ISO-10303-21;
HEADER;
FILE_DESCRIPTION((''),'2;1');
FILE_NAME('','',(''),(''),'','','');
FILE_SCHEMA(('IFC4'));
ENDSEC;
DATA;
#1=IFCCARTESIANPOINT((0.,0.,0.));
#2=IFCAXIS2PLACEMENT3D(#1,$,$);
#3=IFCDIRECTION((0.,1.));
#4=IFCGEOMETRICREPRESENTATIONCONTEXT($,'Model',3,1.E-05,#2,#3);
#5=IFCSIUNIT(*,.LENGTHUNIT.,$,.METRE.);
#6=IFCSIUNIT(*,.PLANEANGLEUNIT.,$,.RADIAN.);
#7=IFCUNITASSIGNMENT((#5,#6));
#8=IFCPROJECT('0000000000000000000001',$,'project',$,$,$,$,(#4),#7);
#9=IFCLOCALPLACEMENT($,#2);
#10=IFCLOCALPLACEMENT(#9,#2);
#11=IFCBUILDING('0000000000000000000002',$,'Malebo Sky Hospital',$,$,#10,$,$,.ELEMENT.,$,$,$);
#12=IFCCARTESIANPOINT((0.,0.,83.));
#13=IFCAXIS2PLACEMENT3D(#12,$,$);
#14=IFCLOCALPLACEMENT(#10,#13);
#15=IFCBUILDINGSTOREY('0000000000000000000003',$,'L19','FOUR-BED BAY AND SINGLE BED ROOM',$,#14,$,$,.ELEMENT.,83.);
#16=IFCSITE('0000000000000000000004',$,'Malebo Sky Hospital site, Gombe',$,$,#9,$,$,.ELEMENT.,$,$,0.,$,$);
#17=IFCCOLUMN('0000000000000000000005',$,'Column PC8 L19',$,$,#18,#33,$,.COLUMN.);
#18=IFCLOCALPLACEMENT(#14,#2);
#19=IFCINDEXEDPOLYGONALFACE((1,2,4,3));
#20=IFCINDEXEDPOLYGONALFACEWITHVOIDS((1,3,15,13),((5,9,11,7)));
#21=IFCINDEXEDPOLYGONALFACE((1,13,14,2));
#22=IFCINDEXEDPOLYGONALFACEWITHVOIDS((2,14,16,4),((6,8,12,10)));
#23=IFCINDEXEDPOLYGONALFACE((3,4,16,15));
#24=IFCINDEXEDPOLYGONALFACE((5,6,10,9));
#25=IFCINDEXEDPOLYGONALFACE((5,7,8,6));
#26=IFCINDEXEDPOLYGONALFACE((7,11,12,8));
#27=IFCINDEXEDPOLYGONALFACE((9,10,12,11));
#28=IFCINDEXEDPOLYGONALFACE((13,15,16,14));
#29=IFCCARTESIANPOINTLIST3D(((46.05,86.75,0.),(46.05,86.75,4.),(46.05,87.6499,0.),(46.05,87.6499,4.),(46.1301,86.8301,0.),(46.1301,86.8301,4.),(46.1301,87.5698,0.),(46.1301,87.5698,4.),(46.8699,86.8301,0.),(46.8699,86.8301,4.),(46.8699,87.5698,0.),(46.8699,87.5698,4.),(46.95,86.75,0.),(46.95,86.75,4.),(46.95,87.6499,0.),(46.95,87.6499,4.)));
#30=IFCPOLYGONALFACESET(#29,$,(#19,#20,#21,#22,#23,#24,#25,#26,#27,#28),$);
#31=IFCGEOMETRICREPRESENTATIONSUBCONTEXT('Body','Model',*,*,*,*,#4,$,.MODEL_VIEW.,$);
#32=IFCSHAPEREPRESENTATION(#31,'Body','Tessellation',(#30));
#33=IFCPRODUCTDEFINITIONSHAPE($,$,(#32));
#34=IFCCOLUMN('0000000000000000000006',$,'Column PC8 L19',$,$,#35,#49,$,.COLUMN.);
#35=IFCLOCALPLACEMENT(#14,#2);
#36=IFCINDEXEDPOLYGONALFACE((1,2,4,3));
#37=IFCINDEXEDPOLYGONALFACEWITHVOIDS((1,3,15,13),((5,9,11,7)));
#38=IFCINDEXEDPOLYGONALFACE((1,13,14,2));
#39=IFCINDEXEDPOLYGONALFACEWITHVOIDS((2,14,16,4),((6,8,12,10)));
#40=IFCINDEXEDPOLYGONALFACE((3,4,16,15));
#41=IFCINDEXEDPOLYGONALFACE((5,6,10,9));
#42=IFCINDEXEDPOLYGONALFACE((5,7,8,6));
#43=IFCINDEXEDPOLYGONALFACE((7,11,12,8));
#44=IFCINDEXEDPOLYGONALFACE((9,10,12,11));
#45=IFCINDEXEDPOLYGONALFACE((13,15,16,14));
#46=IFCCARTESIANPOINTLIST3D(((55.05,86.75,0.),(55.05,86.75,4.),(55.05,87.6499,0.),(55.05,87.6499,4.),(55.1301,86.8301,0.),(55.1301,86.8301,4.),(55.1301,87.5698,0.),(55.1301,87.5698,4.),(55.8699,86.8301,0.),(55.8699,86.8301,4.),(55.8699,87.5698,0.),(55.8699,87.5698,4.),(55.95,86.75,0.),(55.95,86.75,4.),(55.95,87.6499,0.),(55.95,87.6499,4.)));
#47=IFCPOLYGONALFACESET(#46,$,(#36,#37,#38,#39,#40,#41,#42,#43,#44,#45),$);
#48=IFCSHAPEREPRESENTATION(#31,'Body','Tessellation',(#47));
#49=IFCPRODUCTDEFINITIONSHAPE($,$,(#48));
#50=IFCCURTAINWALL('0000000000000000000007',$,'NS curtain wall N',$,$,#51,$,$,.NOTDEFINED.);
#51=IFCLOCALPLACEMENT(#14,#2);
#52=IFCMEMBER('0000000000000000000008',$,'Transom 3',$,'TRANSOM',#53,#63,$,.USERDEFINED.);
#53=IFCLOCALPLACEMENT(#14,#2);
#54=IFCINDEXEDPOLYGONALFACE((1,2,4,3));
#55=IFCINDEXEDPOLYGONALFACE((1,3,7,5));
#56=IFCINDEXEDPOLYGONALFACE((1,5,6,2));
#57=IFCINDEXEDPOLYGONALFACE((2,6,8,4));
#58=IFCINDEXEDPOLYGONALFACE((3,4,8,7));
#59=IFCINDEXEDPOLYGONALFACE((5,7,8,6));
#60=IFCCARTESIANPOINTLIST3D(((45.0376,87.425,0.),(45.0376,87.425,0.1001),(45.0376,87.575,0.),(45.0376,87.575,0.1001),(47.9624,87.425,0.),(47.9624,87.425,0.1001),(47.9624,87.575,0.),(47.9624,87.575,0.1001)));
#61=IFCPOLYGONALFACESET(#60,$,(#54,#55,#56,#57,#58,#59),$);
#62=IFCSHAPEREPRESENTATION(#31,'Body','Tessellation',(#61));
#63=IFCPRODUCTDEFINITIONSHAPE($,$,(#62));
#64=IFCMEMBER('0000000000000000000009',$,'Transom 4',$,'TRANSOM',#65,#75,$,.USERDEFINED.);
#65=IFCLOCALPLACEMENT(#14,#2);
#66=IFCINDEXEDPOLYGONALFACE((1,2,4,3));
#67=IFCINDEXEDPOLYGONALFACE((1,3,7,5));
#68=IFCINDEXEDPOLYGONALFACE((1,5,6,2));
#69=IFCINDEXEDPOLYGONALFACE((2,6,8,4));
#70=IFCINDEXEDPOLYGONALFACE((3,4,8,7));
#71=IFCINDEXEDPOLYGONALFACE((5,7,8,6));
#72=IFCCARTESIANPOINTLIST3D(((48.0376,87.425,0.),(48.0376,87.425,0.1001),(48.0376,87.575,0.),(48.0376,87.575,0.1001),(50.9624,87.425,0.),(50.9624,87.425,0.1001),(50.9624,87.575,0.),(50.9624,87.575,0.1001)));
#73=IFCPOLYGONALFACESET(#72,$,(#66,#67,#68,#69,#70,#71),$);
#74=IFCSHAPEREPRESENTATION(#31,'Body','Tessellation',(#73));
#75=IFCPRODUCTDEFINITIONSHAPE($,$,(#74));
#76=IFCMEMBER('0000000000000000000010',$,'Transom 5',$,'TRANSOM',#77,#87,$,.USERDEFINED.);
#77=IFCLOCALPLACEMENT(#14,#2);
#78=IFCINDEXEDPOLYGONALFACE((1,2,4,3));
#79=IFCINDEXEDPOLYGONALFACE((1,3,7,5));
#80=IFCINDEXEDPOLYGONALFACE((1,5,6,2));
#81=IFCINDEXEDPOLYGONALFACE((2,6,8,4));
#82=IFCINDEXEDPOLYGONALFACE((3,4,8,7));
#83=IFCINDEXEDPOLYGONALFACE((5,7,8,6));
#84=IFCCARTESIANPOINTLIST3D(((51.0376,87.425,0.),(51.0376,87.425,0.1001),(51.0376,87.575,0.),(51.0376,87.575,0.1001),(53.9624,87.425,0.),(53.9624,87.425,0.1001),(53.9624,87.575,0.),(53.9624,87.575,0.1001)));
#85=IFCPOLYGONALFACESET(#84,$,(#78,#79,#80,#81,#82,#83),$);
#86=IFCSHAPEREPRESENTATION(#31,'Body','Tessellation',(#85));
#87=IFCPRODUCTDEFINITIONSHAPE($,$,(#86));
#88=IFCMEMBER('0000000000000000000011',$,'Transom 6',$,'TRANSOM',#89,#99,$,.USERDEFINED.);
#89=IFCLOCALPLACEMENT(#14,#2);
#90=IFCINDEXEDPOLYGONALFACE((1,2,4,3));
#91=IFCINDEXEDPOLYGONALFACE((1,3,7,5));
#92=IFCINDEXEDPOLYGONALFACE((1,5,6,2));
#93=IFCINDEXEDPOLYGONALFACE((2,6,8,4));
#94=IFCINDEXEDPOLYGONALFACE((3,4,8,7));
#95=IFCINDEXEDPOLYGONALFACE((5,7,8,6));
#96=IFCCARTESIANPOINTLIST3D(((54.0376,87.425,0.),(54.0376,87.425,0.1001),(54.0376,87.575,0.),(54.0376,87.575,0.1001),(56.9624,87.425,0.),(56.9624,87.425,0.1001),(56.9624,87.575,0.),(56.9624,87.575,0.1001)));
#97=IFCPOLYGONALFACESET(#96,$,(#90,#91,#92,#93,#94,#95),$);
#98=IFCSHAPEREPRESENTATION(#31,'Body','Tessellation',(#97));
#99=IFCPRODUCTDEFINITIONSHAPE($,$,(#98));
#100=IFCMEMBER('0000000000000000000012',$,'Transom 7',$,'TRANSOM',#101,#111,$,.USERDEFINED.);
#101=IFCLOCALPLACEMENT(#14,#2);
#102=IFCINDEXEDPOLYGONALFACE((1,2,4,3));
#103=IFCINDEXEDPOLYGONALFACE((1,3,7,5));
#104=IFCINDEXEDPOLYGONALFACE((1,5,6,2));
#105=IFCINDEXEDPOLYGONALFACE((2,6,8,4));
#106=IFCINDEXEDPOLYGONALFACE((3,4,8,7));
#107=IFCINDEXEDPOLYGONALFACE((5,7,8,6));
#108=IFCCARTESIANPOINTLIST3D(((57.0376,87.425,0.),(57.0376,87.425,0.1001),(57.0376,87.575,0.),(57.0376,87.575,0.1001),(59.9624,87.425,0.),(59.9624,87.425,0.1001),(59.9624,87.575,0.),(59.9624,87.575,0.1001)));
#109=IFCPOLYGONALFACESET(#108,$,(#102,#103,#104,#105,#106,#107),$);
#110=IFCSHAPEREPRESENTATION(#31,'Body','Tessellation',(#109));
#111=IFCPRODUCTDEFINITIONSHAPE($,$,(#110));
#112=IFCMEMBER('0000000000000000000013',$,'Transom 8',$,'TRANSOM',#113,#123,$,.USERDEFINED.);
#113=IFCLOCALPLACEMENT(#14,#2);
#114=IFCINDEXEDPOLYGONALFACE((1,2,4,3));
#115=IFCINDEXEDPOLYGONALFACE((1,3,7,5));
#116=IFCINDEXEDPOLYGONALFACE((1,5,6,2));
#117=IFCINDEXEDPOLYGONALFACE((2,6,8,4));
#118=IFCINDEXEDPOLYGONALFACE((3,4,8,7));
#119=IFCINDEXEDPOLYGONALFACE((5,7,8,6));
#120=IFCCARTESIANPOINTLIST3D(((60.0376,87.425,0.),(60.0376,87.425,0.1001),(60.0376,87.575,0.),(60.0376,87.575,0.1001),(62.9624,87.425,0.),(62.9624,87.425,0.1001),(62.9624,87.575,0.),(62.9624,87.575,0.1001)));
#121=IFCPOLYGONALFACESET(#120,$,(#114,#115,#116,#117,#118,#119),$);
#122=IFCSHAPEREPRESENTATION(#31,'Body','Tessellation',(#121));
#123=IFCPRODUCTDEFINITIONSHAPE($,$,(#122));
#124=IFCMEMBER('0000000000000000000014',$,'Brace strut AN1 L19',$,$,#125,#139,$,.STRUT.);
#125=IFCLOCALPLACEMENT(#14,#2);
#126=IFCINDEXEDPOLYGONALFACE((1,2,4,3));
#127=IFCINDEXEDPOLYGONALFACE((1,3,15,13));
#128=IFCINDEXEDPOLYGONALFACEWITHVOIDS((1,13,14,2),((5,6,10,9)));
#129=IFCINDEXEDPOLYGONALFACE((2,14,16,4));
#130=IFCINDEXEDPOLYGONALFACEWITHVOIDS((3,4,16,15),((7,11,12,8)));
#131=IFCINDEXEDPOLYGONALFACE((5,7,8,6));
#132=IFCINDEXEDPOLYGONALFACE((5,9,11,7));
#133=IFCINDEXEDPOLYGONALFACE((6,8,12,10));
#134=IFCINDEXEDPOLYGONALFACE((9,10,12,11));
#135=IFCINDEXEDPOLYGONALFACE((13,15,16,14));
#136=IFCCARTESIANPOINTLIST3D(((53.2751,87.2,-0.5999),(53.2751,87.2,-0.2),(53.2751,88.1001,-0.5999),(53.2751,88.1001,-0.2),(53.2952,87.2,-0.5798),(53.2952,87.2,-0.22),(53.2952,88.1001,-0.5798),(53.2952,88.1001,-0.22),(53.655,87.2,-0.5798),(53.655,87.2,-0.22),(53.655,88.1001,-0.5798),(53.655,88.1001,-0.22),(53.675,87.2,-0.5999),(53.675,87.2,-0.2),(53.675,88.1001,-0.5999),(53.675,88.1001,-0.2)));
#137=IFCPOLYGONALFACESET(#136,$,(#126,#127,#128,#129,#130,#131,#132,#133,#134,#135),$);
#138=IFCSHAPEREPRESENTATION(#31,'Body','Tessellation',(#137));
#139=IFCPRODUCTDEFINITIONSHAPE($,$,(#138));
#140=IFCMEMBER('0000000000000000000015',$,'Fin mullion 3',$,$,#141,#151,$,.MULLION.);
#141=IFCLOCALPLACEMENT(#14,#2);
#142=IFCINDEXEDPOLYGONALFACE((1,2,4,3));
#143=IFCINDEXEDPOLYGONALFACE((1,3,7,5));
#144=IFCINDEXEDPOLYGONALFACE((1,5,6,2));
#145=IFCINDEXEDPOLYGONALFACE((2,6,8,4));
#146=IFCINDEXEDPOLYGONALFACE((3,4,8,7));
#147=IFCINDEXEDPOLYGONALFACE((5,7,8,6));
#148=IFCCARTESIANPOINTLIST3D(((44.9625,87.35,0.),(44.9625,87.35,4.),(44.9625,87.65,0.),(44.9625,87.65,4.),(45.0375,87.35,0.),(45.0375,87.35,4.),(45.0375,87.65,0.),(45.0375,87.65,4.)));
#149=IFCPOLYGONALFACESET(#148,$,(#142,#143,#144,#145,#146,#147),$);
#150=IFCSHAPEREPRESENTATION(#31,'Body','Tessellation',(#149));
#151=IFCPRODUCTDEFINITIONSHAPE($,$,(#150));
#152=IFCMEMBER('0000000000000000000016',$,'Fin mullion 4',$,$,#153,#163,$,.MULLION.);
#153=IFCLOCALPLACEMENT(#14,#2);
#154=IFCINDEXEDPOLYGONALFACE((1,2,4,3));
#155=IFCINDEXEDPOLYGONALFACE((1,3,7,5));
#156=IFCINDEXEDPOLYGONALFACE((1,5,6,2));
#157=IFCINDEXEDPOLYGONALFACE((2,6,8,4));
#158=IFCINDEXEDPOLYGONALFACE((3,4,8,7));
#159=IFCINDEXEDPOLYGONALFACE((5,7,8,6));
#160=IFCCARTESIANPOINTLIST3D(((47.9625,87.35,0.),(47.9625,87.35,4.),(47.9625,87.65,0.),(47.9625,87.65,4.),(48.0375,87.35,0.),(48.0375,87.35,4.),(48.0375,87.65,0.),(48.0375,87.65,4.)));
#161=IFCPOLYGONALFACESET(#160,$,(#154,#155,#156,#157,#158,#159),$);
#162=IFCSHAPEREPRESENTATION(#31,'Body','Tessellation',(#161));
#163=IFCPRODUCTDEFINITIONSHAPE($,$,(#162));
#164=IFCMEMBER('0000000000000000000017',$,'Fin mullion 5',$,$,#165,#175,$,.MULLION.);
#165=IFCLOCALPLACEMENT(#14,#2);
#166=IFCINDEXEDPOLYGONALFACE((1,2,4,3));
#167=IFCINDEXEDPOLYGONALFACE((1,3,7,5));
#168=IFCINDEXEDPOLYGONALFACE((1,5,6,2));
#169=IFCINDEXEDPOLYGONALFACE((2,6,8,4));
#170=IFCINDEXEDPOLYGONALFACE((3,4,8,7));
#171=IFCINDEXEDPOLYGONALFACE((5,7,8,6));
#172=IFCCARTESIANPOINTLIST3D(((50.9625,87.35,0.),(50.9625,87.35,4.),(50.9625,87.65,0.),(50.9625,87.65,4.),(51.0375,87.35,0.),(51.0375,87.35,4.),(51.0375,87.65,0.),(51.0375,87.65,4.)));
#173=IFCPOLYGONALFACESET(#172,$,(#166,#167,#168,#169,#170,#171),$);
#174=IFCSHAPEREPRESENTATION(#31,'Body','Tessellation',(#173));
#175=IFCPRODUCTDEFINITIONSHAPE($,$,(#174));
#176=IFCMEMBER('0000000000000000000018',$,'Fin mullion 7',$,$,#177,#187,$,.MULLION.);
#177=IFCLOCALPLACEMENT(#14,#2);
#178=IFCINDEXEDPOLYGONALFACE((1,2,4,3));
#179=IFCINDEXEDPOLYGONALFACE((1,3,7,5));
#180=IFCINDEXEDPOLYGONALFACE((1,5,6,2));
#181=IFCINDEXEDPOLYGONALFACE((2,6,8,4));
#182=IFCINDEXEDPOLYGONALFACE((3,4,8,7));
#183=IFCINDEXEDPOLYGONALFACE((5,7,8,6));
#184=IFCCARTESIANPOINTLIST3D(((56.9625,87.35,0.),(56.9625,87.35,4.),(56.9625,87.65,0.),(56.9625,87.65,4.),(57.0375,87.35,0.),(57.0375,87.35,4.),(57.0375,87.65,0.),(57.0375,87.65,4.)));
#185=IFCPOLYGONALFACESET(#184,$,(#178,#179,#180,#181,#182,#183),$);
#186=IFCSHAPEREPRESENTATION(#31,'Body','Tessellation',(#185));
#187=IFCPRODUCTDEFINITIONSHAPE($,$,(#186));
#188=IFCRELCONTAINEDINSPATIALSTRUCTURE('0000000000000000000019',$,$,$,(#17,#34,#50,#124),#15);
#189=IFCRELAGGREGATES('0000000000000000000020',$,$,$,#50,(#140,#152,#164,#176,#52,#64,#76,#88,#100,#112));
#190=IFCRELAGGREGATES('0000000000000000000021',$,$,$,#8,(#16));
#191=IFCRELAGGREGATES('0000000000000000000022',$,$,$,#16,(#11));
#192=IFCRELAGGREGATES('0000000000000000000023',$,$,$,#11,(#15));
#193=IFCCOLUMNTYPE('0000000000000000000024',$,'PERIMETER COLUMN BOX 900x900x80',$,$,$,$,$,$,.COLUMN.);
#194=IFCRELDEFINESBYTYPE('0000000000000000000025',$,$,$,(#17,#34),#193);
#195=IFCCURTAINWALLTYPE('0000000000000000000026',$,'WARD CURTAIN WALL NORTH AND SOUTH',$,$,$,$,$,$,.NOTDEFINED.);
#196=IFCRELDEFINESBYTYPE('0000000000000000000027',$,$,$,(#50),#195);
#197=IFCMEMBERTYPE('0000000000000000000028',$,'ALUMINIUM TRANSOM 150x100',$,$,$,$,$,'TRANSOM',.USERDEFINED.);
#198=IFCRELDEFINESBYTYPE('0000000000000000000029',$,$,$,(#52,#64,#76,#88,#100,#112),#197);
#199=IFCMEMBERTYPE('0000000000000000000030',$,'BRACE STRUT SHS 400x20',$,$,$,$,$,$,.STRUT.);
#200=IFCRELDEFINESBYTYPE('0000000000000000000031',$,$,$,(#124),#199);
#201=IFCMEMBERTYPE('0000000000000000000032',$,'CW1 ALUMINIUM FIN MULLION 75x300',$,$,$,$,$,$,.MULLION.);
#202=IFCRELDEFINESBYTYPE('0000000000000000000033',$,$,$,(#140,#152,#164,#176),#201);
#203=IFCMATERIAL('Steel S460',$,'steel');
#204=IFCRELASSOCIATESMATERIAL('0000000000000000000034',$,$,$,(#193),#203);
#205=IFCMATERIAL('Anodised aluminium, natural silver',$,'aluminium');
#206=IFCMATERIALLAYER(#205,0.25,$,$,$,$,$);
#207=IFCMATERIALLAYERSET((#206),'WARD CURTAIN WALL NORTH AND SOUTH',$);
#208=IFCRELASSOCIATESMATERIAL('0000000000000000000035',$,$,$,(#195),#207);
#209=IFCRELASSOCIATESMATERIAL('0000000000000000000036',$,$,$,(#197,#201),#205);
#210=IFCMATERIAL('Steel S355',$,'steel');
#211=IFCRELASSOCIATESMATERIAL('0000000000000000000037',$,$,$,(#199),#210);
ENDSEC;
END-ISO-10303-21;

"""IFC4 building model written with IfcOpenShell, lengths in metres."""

from ifc_helpers import new_model, si_unit, direction, frame, origin, origin_2d, place, context, subcontext, project, spatial, rectangle, hollow_rectangle, extrude, material, layer, layer_set, material_profile, profile_set, type_object, element, aggregate, save


model = new_model("IFC4")

# Units and contexts
model_context = context("Model", 3, precision=1e-05, world=origin(), true_north=direction((0.0, 1.0)))
body_context = subcontext(model_context, "Body", "Model", "MODEL_VIEW")
ifc_project = project(units=[si_unit("LENGTHUNIT", "METRE"), si_unit("PLANEANGLEUNIT", "RADIAN")], contexts=[model_context])

# Site, building, storey
site_placement = place(None, origin())
site = spatial("IfcSite", under=ifc_project, at=site_placement, Name="Malebo Sky Hospital site, Gombe", CompositionType="ELEMENT", RefElevation=0.0)
building_placement = place(site_placement, origin())
building = spatial("IfcBuilding", under=site, at=building_placement, Name="Malebo Sky Hospital", CompositionType="ELEMENT")
storey_placement = place(building_placement, frame((0.0, 0.0, 83.0)))
storey = spatial("IfcBuildingStorey", under=building, at=storey_placement, Name="L19", Description="FOUR-BED BAY AND SINGLE BED ROOM", CompositionType="ELEMENT", Elevation=83.0)

# Columns
ifc_material_1 = material(Name="Steel S460", Category="steel")
ifc_material_profile_1 = material_profile(ifc_material_1, hollow_rectangle(XDim=0.8999, YDim=0.8999, WallThickness=0.0801, at=origin_2d()), Name="BOX 900x900x80")
ifc_profile_set_1 = profile_set([ifc_material_profile_1], Name="Steel S460")
column_type = type_object("IfcColumnType", Name="PERIMETER COLUMN BOX 900x900x80", PredefinedType="COLUMN", material=ifc_profile_set_1)
for number, where, z_axis, x_axis, name in (
    (1, (46.5, 87.2, 0.0), (0.0, 0.0, 1.0), (1.0, 0.0, 0.0), "Column PC8 L19"),
    (2, (55.5, 87.2, 0.0), (0.0, 0.0, 1.0), (1.0, 0.0, 0.0), "Column PC8 L19"),
):
    element("IfcColumn", number, at=place(storey_placement, frame(where, z_axis=z_axis, x_axis=x_axis)), inside=storey, type_object=column_type, Name=name, PredefinedType="COLUMN", context=body_context, shape_type="SweptSolid", body=[
        extrude(hollow_rectangle(XDim=0.8999, YDim=0.8999, WallThickness=0.0801, at=origin_2d()), origin(), (0.0, 0.0, 1.0), 4.0),
    ])

# Curtain wall, members
ifc_material_2 = material(Name="Anodised aluminium, natural silver", Category="aluminium")
ifc_layer_1 = layer(ifc_material_2, 0.25)
ifc_layer_set_1 = layer_set([ifc_layer_1], Name="WARD CURTAIN WALL NORTH AND SOUTH")
curtain_wall_type = type_object("IfcCurtainWallType", Name="WARD CURTAIN WALL NORTH AND SOUTH", PredefinedType="NOTDEFINED", material=ifc_layer_set_1)
curtain_wall_placement = place(storey_placement, origin())
curtain_wall = element("IfcCurtainWall", 3, at=curtain_wall_placement, inside=storey, type_object=curtain_wall_type, Name="NS curtain wall N", PredefinedType="NOTDEFINED")
ifc_material_profile_2 = material_profile(ifc_material_2, rectangle(XDim=0.1499, YDim=0.1001, at=origin_2d()), Name="ALUMINIUM TRANSOM 150x100")
ifc_profile_set_2 = profile_set([ifc_material_profile_2], Name="Anodised aluminium, natural silver")
member_type_1 = type_object("IfcMemberType", Name="ALUMINIUM TRANSOM 150x100", ElementType="TRANSOM", PredefinedType="USERDEFINED", material=ifc_profile_set_2)
member_1_placement = place(storey_placement, frame((45.0376, 87.5, 0.05), z_axis=(1.0, 0.0, 0.0), x_axis=(0.0, 1.0, 0.0)))
member_1 = element("IfcMember", 4, at=member_1_placement, type_object=member_type_1, Name="Transom 3", ObjectType="TRANSOM", PredefinedType="USERDEFINED", context=body_context, shape_type="SweptSolid", body=[
    extrude(rectangle(XDim=0.1499, YDim=0.1001, at=origin_2d()), origin(), (0.0, 0.0, 1.0), 2.9248),
])
member_2_placement = place(storey_placement, frame((48.0376, 87.5, 0.05), z_axis=(1.0, 0.0, 0.0), x_axis=(0.0, 1.0, 0.0)))
member_2 = element("IfcMember", 5, at=member_2_placement, type_object=member_type_1, Name="Transom 4", ObjectType="TRANSOM", PredefinedType="USERDEFINED", context=body_context, shape_type="SweptSolid", body=[
    extrude(rectangle(XDim=0.1499, YDim=0.1001, at=origin_2d()), origin(), (0.0, 0.0, 1.0), 2.9248),
])
member_3_placement = place(storey_placement, frame((51.0376, 87.5, 0.05), z_axis=(1.0, 0.0, 0.0), x_axis=(0.0, 1.0, 0.0)))
member_3 = element("IfcMember", 6, at=member_3_placement, type_object=member_type_1, Name="Transom 5", ObjectType="TRANSOM", PredefinedType="USERDEFINED", context=body_context, shape_type="SweptSolid", body=[
    extrude(rectangle(XDim=0.1499, YDim=0.1001, at=origin_2d()), origin(), (0.0, 0.0, 1.0), 2.9248),
])
member_4_placement = place(storey_placement, frame((54.0376, 87.5, 0.05), z_axis=(1.0, 0.0, 0.0), x_axis=(0.0, 1.0, 0.0)))
member_4 = element("IfcMember", 7, at=member_4_placement, type_object=member_type_1, Name="Transom 6", ObjectType="TRANSOM", PredefinedType="USERDEFINED", context=body_context, shape_type="SweptSolid", body=[
    extrude(rectangle(XDim=0.1499, YDim=0.1001, at=origin_2d()), origin(), (0.0, 0.0, 1.0), 2.9248),
])
member_5_placement = place(storey_placement, frame((57.0376, 87.5, 0.05), z_axis=(1.0, 0.0, 0.0), x_axis=(0.0, 1.0, 0.0)))
member_5 = element("IfcMember", 8, at=member_5_placement, type_object=member_type_1, Name="Transom 7", ObjectType="TRANSOM", PredefinedType="USERDEFINED", context=body_context, shape_type="SweptSolid", body=[
    extrude(rectangle(XDim=0.1499, YDim=0.1001, at=origin_2d()), origin(), (0.0, 0.0, 1.0), 2.9248),
])
member_6_placement = place(storey_placement, frame((60.0376, 87.5, 0.05), z_axis=(1.0, 0.0, 0.0), x_axis=(0.0, 1.0, 0.0)))
member_6 = element("IfcMember", 9, at=member_6_placement, type_object=member_type_1, Name="Transom 8", ObjectType="TRANSOM", PredefinedType="USERDEFINED", context=body_context, shape_type="SweptSolid", body=[
    extrude(rectangle(XDim=0.1499, YDim=0.1001, at=origin_2d()), origin(), (0.0, 0.0, 1.0), 2.9248),
])

# Members
ifc_material_3 = material(Name="Steel S355", Category="steel")
ifc_material_profile_3 = material_profile(ifc_material_3, hollow_rectangle(XDim=0.3999, YDim=0.3999, WallThickness=0.02, at=origin_2d()), Name="SHS 400x20")
ifc_profile_set_3 = profile_set([ifc_material_profile_3], Name="Steel S355")
member_type_2 = type_object("IfcMemberType", Name="BRACE STRUT SHS 400x20", PredefinedType="STRUT", material=ifc_profile_set_3)
member_7_placement = place(storey_placement, frame((53.4751, 88.1001, -0.3999), z_axis=(0.0, -1.0, 0.0), x_axis=(1.0, 0.0, 0.0)))
element("IfcMember", 10, at=member_7_placement, inside=storey, type_object=member_type_2, Name="Brace strut AN1 L19", PredefinedType="STRUT", context=body_context, shape_type="SweptSolid", body=[
    extrude(hollow_rectangle(XDim=0.3999, YDim=0.3999, WallThickness=0.02, at=origin_2d()), origin(), (0.0, 0.0, 1.0), 0.9001),
])
ifc_material_profile_4 = material_profile(ifc_material_2, rectangle(XDim=0.075, YDim=0.3, at=origin_2d()), Name="CW1 ALUMINIUM FIN MULLION 75x300")
ifc_profile_set_4 = profile_set([ifc_material_profile_4], Name="Anodised aluminium, natural silver")
member_type_3 = type_object("IfcMemberType", Name="CW1 ALUMINIUM FIN MULLION 75x300", PredefinedType="MULLION", material=ifc_profile_set_4)
member_8_placement = place(storey_placement, frame((45.0, 87.5, 0.0), z_axis=(0.0, 0.0, 1.0), x_axis=(1.0, 0.0, 0.0)))
member_8 = element("IfcMember", 11, at=member_8_placement, type_object=member_type_3, Name="Fin mullion 3", PredefinedType="MULLION", context=body_context, shape_type="SweptSolid", body=[
    extrude(rectangle(XDim=0.075, YDim=0.3, at=origin_2d()), origin(), (0.0, 0.0, 1.0), 4.0),
])
member_9_placement = place(storey_placement, frame((48.0, 87.5, 0.0), z_axis=(0.0, 0.0, 1.0), x_axis=(1.0, 0.0, 0.0)))
member_9 = element("IfcMember", 12, at=member_9_placement, type_object=member_type_3, Name="Fin mullion 4", PredefinedType="MULLION", context=body_context, shape_type="SweptSolid", body=[
    extrude(rectangle(XDim=0.075, YDim=0.3, at=origin_2d()), origin(), (0.0, 0.0, 1.0), 4.0),
])
member_10_placement = place(storey_placement, frame((51.0, 87.5, 0.0), z_axis=(0.0, 0.0, 1.0), x_axis=(1.0, 0.0, 0.0)))
member_10 = element("IfcMember", 13, at=member_10_placement, type_object=member_type_3, Name="Fin mullion 5", PredefinedType="MULLION", context=body_context, shape_type="SweptSolid", body=[
    extrude(rectangle(XDim=0.075, YDim=0.3, at=origin_2d()), origin(), (0.0, 0.0, 1.0), 4.0),
])
member_11_placement = place(storey_placement, frame((57.0, 87.5, 0.0), z_axis=(0.0, 0.0, 1.0), x_axis=(1.0, 0.0, 0.0)))
member_11 = element("IfcMember", 14, at=member_11_placement, type_object=member_type_3, Name="Fin mullion 7", PredefinedType="MULLION", context=body_context, shape_type="SweptSolid", body=[
    extrude(rectangle(XDim=0.075, YDim=0.3, at=origin_2d()), origin(), (0.0, 0.0, 1.0), 4.0),
])

aggregate(curtain_wall, [member_8, member_9, member_10, member_11, member_1, member_2, member_3, member_4, member_5, member_6])

save(model, "model.ifc")
